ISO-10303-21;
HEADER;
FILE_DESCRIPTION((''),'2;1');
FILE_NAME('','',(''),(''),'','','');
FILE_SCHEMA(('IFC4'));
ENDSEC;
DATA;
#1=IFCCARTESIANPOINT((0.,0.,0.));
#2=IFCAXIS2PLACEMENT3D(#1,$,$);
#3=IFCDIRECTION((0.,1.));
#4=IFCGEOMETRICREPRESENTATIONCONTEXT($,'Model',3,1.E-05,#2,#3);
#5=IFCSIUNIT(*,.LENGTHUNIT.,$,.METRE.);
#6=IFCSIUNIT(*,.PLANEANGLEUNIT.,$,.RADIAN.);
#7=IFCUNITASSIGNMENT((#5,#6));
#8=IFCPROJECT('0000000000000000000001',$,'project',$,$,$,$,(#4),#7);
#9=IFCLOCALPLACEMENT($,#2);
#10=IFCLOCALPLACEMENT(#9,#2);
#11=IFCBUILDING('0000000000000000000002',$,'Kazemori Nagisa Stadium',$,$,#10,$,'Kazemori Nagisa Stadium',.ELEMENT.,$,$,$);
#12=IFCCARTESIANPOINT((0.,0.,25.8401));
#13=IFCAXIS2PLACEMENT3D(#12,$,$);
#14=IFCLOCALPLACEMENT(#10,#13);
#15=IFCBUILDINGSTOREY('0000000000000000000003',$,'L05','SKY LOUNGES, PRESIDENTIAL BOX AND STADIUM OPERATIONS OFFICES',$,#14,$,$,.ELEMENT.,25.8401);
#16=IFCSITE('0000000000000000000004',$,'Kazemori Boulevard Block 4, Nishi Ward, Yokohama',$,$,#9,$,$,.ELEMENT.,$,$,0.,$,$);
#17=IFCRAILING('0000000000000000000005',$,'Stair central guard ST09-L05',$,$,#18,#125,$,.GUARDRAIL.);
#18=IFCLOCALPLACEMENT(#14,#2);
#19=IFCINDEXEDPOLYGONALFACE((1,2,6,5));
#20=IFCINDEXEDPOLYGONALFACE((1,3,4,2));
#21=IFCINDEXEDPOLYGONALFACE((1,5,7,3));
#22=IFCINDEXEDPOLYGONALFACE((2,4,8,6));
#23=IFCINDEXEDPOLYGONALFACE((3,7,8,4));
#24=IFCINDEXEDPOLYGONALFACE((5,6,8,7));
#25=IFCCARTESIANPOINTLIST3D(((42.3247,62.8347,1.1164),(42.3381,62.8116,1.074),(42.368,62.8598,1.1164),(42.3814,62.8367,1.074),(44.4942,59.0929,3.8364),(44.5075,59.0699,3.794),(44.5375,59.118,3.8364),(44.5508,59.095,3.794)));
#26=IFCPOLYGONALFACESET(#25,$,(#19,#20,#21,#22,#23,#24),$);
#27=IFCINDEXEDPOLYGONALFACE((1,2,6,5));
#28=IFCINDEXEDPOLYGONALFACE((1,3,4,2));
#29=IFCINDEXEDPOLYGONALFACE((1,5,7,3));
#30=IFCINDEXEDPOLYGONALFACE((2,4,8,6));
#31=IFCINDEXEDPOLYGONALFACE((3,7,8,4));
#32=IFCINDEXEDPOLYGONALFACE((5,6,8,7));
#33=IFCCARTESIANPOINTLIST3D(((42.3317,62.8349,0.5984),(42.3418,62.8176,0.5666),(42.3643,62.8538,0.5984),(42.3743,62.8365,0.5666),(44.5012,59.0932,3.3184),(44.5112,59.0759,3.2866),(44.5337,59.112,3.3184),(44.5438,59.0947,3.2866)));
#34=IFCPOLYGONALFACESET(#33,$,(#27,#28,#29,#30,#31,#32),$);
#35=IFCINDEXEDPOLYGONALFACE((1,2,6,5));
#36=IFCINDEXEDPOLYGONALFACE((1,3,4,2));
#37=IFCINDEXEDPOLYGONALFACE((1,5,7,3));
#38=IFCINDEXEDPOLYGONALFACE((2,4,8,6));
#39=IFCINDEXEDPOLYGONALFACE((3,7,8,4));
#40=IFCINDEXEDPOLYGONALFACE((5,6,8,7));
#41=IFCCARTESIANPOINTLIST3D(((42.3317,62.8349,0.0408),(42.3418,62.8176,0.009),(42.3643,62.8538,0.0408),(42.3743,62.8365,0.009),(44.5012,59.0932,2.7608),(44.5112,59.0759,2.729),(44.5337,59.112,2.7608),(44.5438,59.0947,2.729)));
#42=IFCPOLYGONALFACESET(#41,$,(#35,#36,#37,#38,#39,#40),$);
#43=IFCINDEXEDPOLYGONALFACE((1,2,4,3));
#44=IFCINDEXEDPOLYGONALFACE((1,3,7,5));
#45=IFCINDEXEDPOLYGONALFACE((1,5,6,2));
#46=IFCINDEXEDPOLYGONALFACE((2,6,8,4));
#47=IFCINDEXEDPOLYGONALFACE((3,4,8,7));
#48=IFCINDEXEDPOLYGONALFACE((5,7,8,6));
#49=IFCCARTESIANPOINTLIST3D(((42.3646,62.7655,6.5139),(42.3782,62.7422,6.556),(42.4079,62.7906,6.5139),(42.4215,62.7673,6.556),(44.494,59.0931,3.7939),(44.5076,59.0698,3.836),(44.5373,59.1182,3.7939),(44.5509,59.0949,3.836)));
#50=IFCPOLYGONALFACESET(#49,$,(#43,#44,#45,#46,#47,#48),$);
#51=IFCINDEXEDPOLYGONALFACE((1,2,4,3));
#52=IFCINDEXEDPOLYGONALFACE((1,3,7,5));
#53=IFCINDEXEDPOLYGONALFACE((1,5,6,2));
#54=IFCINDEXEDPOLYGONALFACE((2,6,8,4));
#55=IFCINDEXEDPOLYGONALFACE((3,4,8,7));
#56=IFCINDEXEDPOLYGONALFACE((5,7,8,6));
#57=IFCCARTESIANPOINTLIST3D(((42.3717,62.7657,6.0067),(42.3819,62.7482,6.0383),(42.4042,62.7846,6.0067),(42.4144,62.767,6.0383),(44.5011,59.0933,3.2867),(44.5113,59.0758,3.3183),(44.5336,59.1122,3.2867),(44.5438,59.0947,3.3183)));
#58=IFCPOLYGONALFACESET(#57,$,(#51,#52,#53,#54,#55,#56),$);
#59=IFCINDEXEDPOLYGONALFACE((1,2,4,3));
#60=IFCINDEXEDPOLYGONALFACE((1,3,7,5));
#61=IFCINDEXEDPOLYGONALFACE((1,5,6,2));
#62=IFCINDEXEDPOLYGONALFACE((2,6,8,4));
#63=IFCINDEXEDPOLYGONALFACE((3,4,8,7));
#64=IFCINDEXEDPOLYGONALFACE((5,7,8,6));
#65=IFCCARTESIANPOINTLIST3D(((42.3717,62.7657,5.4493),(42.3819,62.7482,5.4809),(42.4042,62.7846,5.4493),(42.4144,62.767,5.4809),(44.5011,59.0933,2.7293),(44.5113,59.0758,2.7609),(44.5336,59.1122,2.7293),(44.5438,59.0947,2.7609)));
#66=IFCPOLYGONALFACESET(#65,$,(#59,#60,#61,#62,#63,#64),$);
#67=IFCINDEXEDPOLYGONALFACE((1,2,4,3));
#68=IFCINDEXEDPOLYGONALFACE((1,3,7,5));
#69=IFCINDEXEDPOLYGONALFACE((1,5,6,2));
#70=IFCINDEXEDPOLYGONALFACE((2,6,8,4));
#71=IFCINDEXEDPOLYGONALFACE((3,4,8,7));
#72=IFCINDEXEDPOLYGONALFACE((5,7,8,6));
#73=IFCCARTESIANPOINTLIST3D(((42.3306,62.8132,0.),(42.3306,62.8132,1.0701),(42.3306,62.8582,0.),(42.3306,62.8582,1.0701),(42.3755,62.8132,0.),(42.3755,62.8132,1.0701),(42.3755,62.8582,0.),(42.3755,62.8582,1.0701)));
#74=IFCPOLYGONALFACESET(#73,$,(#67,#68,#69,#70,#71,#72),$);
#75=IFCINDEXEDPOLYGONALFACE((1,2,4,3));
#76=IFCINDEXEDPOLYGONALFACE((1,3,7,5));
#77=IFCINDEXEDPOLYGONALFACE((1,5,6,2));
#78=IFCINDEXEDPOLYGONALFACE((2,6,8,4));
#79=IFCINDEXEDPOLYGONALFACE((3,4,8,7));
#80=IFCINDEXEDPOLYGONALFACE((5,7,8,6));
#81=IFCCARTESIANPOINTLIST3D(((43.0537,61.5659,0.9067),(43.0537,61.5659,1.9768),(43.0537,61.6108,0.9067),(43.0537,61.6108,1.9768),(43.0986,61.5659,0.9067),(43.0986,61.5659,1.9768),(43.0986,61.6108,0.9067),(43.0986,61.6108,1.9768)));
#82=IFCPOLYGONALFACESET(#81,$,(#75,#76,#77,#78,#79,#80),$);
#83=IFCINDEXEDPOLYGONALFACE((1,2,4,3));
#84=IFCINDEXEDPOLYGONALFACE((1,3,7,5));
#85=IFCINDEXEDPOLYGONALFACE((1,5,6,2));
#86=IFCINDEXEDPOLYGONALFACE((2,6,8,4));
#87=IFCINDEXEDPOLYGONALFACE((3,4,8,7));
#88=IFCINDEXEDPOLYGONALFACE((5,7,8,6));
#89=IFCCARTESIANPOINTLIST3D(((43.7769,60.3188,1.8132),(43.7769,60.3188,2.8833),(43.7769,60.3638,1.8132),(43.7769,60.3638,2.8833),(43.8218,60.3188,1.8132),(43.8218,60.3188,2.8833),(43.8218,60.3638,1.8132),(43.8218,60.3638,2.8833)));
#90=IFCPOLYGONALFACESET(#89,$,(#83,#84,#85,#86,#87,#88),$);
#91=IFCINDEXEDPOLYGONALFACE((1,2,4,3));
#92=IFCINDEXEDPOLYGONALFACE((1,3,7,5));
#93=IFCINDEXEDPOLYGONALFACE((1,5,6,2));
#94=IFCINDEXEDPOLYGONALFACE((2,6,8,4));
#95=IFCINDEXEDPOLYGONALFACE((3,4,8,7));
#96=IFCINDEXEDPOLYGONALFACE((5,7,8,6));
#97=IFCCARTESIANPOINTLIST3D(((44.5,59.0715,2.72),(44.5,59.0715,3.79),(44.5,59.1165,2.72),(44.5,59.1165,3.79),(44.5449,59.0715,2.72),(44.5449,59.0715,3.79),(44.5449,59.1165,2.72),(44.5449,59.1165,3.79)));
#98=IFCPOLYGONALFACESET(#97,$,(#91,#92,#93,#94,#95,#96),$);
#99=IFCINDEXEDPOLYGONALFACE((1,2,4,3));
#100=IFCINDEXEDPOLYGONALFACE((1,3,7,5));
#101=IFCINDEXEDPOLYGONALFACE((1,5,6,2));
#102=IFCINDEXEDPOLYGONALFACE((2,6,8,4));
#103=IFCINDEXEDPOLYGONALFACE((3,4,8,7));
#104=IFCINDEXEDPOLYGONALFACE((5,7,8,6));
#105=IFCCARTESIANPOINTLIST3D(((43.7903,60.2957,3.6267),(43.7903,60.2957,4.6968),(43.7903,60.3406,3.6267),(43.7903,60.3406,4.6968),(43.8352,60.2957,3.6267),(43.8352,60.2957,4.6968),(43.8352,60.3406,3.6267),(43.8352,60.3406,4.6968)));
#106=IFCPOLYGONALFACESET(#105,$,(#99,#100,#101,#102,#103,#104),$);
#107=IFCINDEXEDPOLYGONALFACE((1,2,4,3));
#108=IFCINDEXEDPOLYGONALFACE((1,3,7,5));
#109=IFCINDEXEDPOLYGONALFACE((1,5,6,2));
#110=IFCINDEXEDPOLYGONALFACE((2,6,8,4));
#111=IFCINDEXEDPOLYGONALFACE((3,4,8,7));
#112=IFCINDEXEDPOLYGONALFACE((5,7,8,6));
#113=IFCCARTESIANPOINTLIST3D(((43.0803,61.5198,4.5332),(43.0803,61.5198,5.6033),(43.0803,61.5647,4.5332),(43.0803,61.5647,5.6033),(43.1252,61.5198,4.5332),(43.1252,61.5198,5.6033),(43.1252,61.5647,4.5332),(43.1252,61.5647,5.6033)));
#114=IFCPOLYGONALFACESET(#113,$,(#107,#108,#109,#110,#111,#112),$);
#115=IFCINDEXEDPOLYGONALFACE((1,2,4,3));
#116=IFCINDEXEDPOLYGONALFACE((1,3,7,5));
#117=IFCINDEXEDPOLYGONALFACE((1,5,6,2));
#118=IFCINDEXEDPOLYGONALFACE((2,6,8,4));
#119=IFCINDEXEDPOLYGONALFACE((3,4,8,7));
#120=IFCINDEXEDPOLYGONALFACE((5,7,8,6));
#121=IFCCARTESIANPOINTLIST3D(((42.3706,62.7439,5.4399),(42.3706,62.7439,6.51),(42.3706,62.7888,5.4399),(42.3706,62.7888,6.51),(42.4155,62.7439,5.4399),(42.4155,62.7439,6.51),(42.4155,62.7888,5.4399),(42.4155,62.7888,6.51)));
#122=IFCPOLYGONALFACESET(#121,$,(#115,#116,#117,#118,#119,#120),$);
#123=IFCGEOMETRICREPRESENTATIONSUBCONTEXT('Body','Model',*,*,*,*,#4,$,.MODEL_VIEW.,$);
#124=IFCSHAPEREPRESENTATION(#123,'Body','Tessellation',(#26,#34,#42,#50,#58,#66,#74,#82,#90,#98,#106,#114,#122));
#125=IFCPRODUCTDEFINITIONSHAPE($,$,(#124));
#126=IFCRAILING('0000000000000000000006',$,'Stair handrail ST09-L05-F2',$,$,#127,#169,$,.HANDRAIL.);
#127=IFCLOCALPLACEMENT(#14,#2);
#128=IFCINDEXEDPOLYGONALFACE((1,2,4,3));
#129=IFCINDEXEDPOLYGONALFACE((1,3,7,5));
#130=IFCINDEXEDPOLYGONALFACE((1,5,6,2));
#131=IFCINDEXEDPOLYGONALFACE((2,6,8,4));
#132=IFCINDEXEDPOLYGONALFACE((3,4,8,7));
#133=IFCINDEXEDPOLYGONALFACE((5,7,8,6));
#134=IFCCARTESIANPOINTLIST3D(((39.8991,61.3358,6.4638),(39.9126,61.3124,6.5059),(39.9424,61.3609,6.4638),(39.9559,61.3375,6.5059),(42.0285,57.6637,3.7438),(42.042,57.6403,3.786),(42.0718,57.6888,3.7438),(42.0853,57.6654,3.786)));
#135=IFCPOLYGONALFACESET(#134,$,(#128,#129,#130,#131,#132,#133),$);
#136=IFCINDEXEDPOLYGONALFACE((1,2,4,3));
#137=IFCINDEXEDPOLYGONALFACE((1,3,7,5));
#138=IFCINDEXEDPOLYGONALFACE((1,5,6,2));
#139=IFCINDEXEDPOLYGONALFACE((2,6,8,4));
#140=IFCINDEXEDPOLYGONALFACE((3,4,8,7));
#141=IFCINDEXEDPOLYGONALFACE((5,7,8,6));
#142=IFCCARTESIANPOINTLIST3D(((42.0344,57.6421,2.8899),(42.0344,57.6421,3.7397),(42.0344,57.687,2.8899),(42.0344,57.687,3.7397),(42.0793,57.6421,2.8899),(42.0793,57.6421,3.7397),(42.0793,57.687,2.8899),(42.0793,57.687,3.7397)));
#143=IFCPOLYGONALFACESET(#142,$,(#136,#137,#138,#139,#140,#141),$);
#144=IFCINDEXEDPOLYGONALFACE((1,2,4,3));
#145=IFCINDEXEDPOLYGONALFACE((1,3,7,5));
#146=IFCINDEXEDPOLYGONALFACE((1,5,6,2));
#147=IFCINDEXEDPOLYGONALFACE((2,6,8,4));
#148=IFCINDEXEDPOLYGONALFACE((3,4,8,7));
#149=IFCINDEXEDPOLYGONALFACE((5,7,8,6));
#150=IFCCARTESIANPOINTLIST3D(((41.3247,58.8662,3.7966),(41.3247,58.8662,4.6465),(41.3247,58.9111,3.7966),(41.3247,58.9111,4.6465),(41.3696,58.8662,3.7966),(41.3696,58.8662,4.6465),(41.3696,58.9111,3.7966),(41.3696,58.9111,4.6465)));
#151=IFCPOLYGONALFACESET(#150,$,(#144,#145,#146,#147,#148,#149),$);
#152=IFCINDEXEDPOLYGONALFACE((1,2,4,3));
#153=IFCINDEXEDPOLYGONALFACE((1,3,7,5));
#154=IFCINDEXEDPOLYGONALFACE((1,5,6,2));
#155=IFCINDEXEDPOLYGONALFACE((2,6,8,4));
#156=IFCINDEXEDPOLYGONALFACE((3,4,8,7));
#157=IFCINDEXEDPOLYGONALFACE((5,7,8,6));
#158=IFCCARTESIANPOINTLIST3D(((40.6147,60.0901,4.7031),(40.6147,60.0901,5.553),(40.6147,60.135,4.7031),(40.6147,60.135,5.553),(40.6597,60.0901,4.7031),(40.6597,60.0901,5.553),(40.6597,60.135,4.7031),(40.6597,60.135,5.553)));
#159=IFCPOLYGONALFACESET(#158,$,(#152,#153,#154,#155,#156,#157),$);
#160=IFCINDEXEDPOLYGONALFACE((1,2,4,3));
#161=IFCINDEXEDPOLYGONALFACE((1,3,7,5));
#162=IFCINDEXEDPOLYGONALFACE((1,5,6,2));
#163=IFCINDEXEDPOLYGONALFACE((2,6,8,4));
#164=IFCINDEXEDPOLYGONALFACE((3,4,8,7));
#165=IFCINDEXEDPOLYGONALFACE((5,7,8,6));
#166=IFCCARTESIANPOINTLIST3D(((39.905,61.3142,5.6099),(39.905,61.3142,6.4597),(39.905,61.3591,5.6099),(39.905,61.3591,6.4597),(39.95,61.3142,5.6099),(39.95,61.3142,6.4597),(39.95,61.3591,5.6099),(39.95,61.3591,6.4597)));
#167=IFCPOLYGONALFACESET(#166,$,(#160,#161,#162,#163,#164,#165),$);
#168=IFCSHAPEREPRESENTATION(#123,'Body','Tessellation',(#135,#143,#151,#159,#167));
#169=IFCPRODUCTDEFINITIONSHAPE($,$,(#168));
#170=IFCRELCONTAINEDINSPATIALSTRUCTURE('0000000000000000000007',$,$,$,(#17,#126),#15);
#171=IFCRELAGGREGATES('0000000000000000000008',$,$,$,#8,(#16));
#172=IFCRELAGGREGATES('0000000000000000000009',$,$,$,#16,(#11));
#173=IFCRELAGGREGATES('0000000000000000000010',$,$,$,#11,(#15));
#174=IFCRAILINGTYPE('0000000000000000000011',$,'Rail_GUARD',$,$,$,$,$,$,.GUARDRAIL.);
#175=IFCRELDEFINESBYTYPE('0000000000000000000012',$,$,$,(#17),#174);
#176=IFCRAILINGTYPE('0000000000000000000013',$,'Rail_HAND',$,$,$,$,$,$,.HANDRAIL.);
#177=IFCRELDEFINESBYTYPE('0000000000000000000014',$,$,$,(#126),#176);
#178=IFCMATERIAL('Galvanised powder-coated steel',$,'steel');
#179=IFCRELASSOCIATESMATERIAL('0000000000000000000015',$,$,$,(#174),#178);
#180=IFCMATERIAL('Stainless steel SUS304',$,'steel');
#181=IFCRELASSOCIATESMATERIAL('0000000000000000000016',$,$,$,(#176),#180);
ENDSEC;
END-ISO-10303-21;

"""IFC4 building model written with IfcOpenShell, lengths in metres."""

from ifc_helpers import new_model, si_unit, direction, frame, origin, origin_2d, place, context, subcontext, project, spatial, rectangle, extrude, material, type_object, element, save


model = new_model("IFC4")

# Units and contexts
model_context = context("Model", 3, precision=1e-05, world=origin(), true_north=direction((0.0, 1.0)))
body_context = subcontext(model_context, "Body", "Model", "MODEL_VIEW")
ifc_project = project(units=[si_unit("LENGTHUNIT", "METRE"), si_unit("PLANEANGLEUNIT", "RADIAN")], contexts=[model_context])

# Site, building, storey
site_placement = place(None, origin())
site = spatial("IfcSite", under=ifc_project, at=site_placement, Name="Kazemori Boulevard Block 4, Nishi Ward, Yokohama", CompositionType="ELEMENT", RefElevation=0.0)
building_placement = place(site_placement, origin())
building = spatial("IfcBuilding", under=site, at=building_placement, Name="Kazemori Nagisa Stadium", LongName="Kazemori Nagisa Stadium", CompositionType="ELEMENT")
storey_placement = place(building_placement, frame((0.0, 0.0, 25.8401)))
storey = spatial("IfcBuildingStorey", under=building, at=storey_placement, Name="L05", Description="SKY LOUNGES, PRESIDENTIAL BOX AND STADIUM OPERATIONS OFFICES", CompositionType="ELEMENT", Elevation=25.8401)

# Railings
ifc_material_1 = material(Name="Galvanised powder-coated steel", Category="steel")
railing_type_1 = type_object("IfcRailingType", Name="Rail_GUARD", PredefinedType="GUARDRAIL", material=ifc_material_1)
railing_1_placement = place(storey_placement, frame((42.353, 62.8357, 0.0)))
element("IfcRailing", 1, at=railing_1_placement, inside=storey, type_object=railing_type_1, Name="Stair central guard ST09-L05", PredefinedType="GUARDRAIL", context=body_context, shape_type="SweptSolid", body=[
    extrude(rectangle(XDim=0.05, YDim=0.05, at=origin_2d()), frame((0.0, 0.0, 1.0952), z_axis=(0.424604, -0.73233, 0.532356), x_axis=(0.865107, 0.501588, 0.0)), (0.0, 0.0, 1.0), 5.1094),
    extrude(rectangle(XDim=0.0376, YDim=0.0376, at=origin_2d()), frame((0.0, 0.0, 0.5825), z_axis=(0.424604, -0.73233, 0.532356), x_axis=(0.865107, 0.501588, 0.0)), (0.0, 0.0, 1.0), 5.1094),
    extrude(rectangle(XDim=0.0376, YDim=0.0376, at=origin_2d()), frame((0.0, 0.0, 0.0249), z_axis=(0.424604, -0.73233, 0.532356), x_axis=(0.865107, 0.501588, 0.0)), (0.0, 0.0, 1.0), 5.1094),
    extrude(rectangle(XDim=0.05, YDim=0.05, at=origin_2d()), frame((2.1694, -3.7417, 3.8149), z_axis=(-0.422356, 0.728397, 0.539494), x_axis=(-0.86509, -0.501617, 0.0)), (0.0, 0.0, 1.0), 5.0417),
    extrude(rectangle(XDim=0.0376, YDim=0.0376, at=origin_2d()), frame((2.1694, -3.7417, 3.3025), z_axis=(-0.422356, 0.728397, 0.539494), x_axis=(-0.86509, -0.501617, 0.0)), (0.0, 0.0, 1.0), 5.0417),
    extrude(rectangle(XDim=0.0376, YDim=0.0376, at=origin_2d()), frame((2.1694, -3.7417, 2.7451), z_axis=(-0.422356, 0.728397, 0.539494), x_axis=(-0.86509, -0.501617, 0.0)), (0.0, 0.0, 1.0), 5.0417),
    extrude(rectangle(XDim=0.0449, YDim=0.0449, at=origin_2d()), origin(), (0.0, 0.0, 1.0), 1.0701),
    extrude(rectangle(XDim=0.0449, YDim=0.0449, at=origin_2d()), frame((0.7231, -1.2473, 0.9067)), (0.0, 0.0, 1.0), 1.0701),
    extrude(rectangle(XDim=0.0449, YDim=0.0449, at=origin_2d()), frame((1.4463, -2.4944, 1.8132)), (0.0, 0.0, 1.0), 1.0701),
    extrude(rectangle(XDim=0.0449, YDim=0.0449, at=origin_2d()), frame((2.1694, -3.7417, 2.72)), (0.0, 0.0, 1.0), 1.0701),
    extrude(rectangle(XDim=0.0449, YDim=0.0449, at=origin_2d()), frame((1.4597, -2.5176, 3.6267)), (0.0, 0.0, 1.0), 1.0701),
    extrude(rectangle(XDim=0.0449, YDim=0.0449, at=origin_2d()), frame((0.7498, -1.2935, 4.5332)), (0.0, 0.0, 1.0), 1.0701),
    extrude(rectangle(XDim=0.0449, YDim=0.0449, at=origin_2d()), frame((0.04, -0.0693, 5.4399)), (0.0, 0.0, 1.0), 1.0701),
])
ifc_material_2 = material(Name="Stainless steel SUS304", Category="steel")
railing_type_2 = type_object("IfcRailingType", Name="Rail_HAND", PredefinedType="HANDRAIL", material=ifc_material_2)
railing_2_placement = place(storey_placement, frame((42.0569, 57.6646, 2.8899)))
element("IfcRailing", 2, at=railing_2_placement, inside=storey, type_object=railing_type_2, Name="Stair handrail ST09-L05-F2", PredefinedType="HANDRAIL", context=body_context, shape_type="SweptSolid", body=[
    extrude(rectangle(XDim=0.05, YDim=0.05, at=origin_2d()), frame((0.0, 0.0, 0.875), z_axis=(-0.422371, 0.728374, 0.539513), x_axis=(-0.865076, -0.501641, 0.0)), (0.0, 0.0, 1.0), 5.0415),
    extrude(rectangle(XDim=0.0449, YDim=0.0449, at=origin_2d()), origin(), (0.0, 0.0, 1.0), 0.8499),
    extrude(rectangle(XDim=0.0449, YDim=0.0449, at=origin_2d()), frame((-0.7097, 1.2241, 0.9067)), (0.0, 0.0, 1.0), 0.8499),
    extrude(rectangle(XDim=0.0449, YDim=0.0449, at=origin_2d()), frame((-1.4197, 2.448, 1.8132)), (0.0, 0.0, 1.0), 0.8499),
    extrude(rectangle(XDim=0.0449, YDim=0.0449, at=origin_2d()), frame((-2.1294, 3.6721, 2.72)), (0.0, 0.0, 1.0), 0.8499),
])

save(model, "model.ifc")
